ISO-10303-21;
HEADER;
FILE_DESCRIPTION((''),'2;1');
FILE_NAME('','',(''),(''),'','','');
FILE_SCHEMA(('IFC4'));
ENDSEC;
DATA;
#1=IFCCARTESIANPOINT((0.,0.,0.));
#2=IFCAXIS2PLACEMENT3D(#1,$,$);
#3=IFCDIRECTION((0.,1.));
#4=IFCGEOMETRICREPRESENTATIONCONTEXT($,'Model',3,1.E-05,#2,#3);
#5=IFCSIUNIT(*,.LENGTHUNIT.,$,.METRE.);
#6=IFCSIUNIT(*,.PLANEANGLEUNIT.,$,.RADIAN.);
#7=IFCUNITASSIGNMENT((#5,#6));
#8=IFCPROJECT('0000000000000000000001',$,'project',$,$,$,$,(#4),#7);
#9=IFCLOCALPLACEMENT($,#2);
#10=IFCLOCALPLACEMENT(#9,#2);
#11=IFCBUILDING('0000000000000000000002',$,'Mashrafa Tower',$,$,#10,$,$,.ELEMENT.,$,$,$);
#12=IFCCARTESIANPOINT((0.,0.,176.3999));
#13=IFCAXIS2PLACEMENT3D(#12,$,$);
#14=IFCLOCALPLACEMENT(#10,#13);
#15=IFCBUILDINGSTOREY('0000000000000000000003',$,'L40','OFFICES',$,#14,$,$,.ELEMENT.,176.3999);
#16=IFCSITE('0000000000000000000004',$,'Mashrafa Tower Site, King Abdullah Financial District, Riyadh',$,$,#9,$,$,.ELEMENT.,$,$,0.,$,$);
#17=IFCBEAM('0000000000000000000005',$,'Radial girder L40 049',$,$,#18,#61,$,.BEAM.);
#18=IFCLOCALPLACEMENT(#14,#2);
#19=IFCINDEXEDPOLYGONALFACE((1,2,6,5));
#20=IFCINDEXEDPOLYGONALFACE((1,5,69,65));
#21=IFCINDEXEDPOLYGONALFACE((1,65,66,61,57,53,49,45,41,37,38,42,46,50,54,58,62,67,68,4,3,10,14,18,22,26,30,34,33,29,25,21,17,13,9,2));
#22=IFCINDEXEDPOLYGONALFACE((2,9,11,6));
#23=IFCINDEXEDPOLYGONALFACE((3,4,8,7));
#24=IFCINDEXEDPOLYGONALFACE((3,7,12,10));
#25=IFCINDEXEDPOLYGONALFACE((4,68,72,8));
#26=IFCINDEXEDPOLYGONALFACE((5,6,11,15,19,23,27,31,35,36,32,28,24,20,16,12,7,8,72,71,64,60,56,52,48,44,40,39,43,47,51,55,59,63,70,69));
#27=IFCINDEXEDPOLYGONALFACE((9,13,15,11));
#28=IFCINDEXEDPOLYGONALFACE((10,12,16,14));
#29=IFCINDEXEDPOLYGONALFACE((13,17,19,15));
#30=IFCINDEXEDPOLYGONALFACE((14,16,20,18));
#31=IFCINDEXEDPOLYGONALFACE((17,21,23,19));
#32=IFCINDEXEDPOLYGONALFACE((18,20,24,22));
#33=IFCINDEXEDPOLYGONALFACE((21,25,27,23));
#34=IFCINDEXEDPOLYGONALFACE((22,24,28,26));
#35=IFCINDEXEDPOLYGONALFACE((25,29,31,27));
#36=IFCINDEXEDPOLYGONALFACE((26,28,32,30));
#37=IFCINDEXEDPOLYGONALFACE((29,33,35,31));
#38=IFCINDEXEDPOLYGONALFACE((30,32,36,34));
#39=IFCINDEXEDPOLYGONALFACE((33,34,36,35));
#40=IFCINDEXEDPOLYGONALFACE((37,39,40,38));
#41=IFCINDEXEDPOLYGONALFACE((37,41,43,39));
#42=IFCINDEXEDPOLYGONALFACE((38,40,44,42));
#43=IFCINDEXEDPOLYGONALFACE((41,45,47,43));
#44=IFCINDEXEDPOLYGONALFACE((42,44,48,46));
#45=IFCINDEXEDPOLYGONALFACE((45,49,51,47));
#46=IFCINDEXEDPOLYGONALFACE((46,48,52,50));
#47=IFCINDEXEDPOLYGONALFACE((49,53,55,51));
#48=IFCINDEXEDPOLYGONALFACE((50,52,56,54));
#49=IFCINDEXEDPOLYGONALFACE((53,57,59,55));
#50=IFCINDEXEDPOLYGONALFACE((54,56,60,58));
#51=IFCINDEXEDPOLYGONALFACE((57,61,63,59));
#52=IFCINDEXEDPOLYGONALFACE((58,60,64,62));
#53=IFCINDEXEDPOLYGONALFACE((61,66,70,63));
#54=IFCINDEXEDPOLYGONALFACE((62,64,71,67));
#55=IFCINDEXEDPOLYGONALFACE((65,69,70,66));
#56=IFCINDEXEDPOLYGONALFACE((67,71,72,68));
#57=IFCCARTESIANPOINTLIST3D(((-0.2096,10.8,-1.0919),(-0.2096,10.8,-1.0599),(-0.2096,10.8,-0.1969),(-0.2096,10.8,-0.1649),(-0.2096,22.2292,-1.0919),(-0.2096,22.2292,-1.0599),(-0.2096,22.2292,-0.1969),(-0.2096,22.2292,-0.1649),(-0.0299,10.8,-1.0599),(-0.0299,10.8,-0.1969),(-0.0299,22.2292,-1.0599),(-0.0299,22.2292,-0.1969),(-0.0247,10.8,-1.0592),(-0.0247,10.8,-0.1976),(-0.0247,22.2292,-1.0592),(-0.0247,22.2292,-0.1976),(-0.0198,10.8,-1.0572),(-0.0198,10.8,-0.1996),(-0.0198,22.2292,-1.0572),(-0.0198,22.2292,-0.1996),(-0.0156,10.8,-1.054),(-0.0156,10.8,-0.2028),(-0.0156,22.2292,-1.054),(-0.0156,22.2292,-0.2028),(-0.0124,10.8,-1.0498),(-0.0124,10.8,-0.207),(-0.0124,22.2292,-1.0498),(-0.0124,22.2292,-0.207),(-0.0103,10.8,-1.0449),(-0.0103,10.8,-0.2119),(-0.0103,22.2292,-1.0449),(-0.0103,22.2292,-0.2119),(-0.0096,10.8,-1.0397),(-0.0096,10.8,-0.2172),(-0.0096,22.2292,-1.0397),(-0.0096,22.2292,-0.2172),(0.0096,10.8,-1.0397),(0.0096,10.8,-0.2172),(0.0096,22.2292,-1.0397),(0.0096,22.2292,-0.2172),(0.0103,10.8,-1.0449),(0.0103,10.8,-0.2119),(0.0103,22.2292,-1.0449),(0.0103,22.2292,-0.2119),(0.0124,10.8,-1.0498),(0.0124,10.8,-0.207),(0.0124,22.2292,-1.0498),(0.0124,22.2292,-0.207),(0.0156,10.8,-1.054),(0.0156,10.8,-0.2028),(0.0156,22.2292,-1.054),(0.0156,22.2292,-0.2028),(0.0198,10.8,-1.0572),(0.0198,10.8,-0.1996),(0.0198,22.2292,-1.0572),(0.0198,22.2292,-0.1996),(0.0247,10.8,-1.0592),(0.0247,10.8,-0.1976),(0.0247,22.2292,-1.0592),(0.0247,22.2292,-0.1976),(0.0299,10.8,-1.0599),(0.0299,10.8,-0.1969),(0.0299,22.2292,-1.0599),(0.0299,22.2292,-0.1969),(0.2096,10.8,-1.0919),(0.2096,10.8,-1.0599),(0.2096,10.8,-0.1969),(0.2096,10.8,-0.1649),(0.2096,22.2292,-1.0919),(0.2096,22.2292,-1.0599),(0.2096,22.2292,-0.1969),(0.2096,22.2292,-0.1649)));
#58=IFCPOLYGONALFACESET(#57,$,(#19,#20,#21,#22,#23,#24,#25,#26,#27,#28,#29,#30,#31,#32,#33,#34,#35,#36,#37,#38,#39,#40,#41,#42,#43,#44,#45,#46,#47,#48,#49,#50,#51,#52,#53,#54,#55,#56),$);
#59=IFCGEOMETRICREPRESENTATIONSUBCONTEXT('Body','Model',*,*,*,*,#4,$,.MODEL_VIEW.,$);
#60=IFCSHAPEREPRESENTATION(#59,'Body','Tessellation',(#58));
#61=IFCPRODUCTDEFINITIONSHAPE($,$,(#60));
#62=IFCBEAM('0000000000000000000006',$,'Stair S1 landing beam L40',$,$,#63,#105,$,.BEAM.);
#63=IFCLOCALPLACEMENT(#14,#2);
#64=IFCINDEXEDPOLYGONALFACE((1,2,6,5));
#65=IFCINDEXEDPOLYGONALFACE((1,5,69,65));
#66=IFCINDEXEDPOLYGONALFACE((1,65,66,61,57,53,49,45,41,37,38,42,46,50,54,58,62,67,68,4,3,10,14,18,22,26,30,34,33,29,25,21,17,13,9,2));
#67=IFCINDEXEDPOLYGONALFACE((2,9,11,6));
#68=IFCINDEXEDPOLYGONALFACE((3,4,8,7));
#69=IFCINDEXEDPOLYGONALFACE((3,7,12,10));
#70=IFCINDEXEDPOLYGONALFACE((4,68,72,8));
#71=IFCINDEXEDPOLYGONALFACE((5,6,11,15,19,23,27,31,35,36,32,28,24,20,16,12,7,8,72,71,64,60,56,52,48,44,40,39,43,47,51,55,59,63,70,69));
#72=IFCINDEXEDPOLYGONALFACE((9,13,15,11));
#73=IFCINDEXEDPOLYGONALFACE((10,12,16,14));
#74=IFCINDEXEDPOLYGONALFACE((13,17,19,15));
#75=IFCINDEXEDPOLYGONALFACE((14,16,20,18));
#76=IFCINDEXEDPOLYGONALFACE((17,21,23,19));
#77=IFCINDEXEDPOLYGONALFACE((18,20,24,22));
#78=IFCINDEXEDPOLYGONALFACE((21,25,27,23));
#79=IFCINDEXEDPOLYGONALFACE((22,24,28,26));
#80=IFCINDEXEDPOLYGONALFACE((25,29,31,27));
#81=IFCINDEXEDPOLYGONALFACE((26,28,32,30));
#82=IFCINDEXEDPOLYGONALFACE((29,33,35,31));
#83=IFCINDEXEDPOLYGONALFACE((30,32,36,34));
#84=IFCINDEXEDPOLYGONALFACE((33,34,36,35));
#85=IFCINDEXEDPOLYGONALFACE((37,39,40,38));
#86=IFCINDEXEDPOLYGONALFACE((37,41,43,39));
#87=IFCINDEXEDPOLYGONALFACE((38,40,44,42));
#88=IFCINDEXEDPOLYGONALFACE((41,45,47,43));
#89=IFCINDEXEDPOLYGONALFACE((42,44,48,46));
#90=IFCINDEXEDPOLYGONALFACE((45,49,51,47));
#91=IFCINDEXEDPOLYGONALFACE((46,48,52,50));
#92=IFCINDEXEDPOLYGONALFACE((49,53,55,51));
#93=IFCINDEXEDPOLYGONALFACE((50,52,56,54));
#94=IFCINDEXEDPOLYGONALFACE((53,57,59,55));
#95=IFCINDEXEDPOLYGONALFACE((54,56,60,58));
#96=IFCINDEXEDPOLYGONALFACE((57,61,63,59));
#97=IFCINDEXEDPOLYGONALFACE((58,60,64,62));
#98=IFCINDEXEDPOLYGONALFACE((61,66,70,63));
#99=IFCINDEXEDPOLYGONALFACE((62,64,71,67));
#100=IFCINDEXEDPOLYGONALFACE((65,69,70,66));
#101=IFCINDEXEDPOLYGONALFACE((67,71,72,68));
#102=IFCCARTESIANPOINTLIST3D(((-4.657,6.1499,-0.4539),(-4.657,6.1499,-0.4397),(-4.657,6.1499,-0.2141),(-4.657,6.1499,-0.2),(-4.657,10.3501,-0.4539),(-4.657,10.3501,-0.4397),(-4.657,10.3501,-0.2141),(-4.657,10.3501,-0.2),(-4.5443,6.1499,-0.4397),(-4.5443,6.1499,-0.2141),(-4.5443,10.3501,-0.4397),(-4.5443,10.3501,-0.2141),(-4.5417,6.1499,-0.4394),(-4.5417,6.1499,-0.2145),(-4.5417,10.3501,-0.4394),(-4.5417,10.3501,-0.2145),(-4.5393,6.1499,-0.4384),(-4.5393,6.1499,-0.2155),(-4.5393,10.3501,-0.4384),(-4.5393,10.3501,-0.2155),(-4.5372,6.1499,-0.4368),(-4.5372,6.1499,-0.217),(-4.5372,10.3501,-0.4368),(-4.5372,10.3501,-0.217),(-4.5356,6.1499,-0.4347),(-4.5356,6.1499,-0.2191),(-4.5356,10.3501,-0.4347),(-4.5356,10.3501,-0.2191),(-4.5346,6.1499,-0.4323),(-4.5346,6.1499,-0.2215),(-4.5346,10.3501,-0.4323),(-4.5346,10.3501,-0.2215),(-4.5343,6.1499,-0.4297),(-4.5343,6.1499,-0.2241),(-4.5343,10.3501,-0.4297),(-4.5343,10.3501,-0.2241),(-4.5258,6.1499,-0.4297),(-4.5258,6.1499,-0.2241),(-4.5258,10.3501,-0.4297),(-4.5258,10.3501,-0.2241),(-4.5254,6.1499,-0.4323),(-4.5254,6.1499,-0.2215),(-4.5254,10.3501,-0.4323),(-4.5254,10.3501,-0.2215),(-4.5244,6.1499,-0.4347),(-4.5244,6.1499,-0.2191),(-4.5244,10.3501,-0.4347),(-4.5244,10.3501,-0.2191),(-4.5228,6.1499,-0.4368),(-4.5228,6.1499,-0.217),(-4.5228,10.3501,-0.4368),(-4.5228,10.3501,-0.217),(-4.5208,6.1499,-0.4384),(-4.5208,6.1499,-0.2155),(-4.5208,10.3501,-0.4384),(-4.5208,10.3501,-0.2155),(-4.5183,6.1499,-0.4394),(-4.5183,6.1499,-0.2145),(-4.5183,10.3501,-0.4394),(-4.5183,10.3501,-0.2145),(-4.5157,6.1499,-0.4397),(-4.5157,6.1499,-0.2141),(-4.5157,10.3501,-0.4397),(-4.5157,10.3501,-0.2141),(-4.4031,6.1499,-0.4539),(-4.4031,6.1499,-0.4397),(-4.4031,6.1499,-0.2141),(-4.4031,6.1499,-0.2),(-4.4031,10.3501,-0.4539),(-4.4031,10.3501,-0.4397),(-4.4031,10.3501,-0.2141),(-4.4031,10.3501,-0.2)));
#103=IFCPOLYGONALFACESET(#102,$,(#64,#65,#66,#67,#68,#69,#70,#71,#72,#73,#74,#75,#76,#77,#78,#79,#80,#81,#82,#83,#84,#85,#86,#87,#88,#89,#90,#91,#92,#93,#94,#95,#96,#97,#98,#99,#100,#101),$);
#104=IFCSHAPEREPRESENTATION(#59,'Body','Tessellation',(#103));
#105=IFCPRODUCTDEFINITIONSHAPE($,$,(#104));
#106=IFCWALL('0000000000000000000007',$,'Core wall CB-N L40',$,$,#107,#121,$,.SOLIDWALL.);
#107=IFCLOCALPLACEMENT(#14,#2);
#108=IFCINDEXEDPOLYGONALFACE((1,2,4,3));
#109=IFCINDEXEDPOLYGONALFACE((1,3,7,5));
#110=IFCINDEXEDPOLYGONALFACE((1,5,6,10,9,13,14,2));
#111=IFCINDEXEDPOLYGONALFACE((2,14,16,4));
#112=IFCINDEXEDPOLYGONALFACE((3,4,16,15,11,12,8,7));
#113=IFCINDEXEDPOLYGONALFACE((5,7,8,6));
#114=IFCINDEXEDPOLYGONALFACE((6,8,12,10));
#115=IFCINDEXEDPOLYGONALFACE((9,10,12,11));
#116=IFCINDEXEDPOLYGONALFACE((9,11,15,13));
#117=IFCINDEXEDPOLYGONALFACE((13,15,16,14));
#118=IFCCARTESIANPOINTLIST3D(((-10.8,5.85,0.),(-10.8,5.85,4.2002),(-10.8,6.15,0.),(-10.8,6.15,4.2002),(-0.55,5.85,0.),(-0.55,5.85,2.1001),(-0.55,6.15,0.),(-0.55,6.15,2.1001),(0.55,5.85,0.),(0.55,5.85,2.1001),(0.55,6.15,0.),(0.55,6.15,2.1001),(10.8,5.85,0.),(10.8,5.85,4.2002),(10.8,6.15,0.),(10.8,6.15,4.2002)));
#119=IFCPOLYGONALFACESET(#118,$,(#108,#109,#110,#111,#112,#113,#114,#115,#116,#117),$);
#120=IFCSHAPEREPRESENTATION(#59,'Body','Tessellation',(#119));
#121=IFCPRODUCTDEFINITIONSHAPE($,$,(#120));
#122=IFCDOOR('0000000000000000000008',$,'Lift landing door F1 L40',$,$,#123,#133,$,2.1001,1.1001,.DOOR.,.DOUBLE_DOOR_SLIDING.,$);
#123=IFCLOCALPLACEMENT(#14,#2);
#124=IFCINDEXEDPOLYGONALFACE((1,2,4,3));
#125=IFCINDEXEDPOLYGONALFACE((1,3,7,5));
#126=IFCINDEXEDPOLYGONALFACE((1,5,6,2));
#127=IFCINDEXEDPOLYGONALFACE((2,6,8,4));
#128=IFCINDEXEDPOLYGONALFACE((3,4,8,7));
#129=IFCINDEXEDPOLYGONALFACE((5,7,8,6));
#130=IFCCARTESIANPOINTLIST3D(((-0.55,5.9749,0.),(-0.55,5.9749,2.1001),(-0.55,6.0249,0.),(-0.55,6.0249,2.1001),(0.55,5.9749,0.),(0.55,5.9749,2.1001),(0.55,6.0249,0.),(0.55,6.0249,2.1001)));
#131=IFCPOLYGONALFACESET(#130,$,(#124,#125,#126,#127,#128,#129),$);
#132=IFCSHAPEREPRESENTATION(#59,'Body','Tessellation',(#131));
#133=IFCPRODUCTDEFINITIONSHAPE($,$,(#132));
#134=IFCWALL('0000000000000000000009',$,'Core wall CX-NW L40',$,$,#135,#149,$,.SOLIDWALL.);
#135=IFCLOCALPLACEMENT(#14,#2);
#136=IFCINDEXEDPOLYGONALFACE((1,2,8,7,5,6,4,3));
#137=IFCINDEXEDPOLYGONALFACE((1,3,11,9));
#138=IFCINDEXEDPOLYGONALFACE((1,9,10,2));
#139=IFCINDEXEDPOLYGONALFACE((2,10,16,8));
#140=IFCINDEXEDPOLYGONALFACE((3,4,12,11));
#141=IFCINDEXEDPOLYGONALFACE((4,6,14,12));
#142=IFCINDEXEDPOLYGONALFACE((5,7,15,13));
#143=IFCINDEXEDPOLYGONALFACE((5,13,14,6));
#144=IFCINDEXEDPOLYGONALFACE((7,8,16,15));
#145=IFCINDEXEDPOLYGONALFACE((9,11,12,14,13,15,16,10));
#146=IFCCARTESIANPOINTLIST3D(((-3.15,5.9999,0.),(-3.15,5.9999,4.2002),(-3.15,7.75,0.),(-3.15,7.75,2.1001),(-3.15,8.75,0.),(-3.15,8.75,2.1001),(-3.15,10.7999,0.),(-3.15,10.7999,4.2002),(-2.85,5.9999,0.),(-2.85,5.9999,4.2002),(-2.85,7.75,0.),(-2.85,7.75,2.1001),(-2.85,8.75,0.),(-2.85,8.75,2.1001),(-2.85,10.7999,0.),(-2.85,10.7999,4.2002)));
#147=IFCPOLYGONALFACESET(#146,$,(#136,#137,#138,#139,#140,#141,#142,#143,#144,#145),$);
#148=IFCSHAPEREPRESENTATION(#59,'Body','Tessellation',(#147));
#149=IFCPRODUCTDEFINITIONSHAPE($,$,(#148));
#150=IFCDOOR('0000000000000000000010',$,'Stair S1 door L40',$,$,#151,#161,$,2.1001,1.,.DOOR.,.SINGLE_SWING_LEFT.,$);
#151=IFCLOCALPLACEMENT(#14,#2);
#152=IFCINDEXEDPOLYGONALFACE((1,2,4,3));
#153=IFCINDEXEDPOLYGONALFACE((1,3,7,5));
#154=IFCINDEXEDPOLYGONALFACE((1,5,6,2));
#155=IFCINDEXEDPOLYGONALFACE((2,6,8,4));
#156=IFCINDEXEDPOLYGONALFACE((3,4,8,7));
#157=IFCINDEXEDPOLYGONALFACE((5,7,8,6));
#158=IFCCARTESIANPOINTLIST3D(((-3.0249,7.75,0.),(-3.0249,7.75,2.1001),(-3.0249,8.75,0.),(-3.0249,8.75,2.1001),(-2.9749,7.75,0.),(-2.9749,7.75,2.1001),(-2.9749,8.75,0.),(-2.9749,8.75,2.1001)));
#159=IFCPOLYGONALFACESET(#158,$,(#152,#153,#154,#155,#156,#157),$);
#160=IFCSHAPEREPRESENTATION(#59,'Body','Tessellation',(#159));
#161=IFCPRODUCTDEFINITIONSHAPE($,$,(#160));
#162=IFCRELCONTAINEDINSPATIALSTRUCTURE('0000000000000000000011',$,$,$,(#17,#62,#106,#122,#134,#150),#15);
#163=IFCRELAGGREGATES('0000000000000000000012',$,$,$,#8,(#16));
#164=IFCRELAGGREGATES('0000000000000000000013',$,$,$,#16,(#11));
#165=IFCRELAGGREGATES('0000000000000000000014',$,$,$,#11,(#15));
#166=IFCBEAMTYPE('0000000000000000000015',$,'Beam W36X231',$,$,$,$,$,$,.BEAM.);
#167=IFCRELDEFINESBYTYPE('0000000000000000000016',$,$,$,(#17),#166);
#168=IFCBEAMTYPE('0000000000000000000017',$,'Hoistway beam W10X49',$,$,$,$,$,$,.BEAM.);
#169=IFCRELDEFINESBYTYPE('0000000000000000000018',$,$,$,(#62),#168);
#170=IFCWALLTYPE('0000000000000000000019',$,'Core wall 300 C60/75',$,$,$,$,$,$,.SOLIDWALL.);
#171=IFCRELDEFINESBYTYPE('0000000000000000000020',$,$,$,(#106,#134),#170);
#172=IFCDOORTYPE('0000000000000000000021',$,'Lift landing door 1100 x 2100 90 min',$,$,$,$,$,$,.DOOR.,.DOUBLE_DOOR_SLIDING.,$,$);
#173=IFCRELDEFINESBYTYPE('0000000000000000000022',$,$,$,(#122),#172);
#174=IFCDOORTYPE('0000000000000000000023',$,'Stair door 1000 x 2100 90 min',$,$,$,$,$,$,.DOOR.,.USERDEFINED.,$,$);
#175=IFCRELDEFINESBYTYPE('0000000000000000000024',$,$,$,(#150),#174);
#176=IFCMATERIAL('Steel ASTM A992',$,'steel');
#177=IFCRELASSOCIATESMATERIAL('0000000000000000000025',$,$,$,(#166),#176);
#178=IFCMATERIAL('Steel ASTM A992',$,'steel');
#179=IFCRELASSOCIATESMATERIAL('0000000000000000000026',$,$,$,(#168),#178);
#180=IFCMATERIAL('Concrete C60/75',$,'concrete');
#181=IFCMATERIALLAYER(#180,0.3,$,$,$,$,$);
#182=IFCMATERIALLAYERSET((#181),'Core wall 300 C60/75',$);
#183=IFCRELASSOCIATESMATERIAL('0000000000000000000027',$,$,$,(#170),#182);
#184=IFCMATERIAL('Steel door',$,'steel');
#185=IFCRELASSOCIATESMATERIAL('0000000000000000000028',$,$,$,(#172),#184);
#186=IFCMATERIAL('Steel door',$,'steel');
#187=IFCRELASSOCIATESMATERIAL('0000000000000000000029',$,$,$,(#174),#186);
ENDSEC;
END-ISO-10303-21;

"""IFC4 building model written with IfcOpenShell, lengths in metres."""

from ifc_helpers import new_model, si_unit, direction, frame, frame_2d, origin, origin_2d, place, context, subcontext, project, spatial, rectangle, i_section, extrude, material, layer, layer_set, material_profile, profile_set, type_object, element, fill, save


model = new_model("IFC4")

# Units and contexts
model_context = context("Model", 3, precision=1e-05, world=origin(), true_north=direction((0.0, 1.0)))
body_context = subcontext(model_context, "Body", "Model", "MODEL_VIEW")
ifc_project = project(units=[si_unit("LENGTHUNIT", "METRE"), si_unit("PLANEANGLEUNIT", "RADIAN")], contexts=[model_context])

# Site, building, storey
site_placement = place(None, origin())
site = spatial("IfcSite", under=ifc_project, at=site_placement, Name="Mashrafa Tower Site, King Abdullah Financial District, Riyadh", CompositionType="ELEMENT", RefElevation=0.0)
building_placement = place(site_placement, origin())
building = spatial("IfcBuilding", under=site, at=building_placement, Name="Mashrafa Tower", CompositionType="ELEMENT")
storey_placement = place(building_placement, frame((0.0, 0.0, 176.3999)))
storey = spatial("IfcBuildingStorey", under=building, at=storey_placement, Name="L40", Description="OFFICES", CompositionType="ELEMENT", Elevation=176.3999)

# Beams
ifc_material_1 = material(Name="Steel ASTM A992", Category="steel")
ifc_material_profile_1 = material_profile(ifc_material_1, i_section(OverallWidth=0.4192, OverallDepth=0.927, WebThickness=0.0193, FlangeThickness=0.032, FilletRadius=0.0203, at=origin_2d()), Name="W36X231")
ifc_profile_set_1 = profile_set([ifc_material_profile_1], Name="Steel ASTM A992")
beam_type_1 = type_object("IfcBeamType", Name="Beam W36X231", PredefinedType="BEAM", material=ifc_profile_set_1)
beam_1_placement = place(storey_placement, frame((0.0, 10.8, -0.6284), z_axis=(0.0, 1.0, 0.0), x_axis=(-1.0, 0.0, 0.0)))
element("IfcBeam", 1, at=beam_1_placement, inside=storey, type_object=beam_type_1, Name="Radial girder L40 049", PredefinedType="BEAM", context=body_context, shape_type="SweptSolid", body=[
    extrude(i_section(OverallWidth=0.4192, OverallDepth=0.927, WebThickness=0.0193, FlangeThickness=0.032, FilletRadius=0.0203, at=origin_2d()), origin(), (0.0, 0.0, 1.0), 11.4292),
])
ifc_material_2 = material(Name="Steel ASTM A992", Category="steel")
ifc_material_profile_2 = material_profile(ifc_material_2, i_section(OverallWidth=0.2539, OverallDepth=0.2539, WebThickness=0.0085, FlangeThickness=0.0142, FilletRadius=0.01, at=origin_2d()), Name="W10X49")
ifc_profile_set_2 = profile_set([ifc_material_profile_2], Name="Steel ASTM A992")
beam_type_2 = type_object("IfcBeamType", Name="Hoistway beam W10X49", PredefinedType="BEAM", material=ifc_profile_set_2)
beam_2_placement = place(storey_placement, frame((-4.53, 6.1499, -0.3269), z_axis=(0.0, 1.0, 0.0), x_axis=(-1.0, 0.0, 0.0)))
element("IfcBeam", 2, at=beam_2_placement, inside=storey, type_object=beam_type_2, Name="Stair S1 landing beam L40", PredefinedType="BEAM", context=body_context, shape_type="SweptSolid", body=[
    extrude(i_section(OverallWidth=0.2539, OverallDepth=0.2539, WebThickness=0.0085, FlangeThickness=0.0142, FilletRadius=0.01, at=origin_2d()), origin(), (0.0, 0.0, 1.0), 4.2002),
])

# Walls, openings, doors
ifc_material_3 = material(Name="Concrete C60/75", Category="concrete")
ifc_layer_1 = layer(ifc_material_3, 0.3)
ifc_layer_set_1 = layer_set([ifc_layer_1], Name="Core wall 300 C60/75")
wall_type_1 = type_object("IfcWallType", Name="Core wall 300 C60/75", PredefinedType="SOLIDWALL", material=ifc_layer_set_1)
wall_1_placement = place(storey_placement, frame((-10.8, 6.0, 0.0), z_axis=(0.0, 0.0, 1.0), x_axis=(1.0, 0.0, 0.0)))
wall_1 = element("IfcWall", 3, at=wall_1_placement, inside=storey, type_object=wall_type_1, Name="Core wall CB-N L40", PredefinedType="SOLIDWALL", context=body_context, shape_type="SweptSolid", body=[
    extrude(rectangle(XDim=21.6001, YDim=0.3, at=frame_2d((10.8, 0.0))), origin(), (0.0, 0.0, 1.0), 4.2002),
])
opening_1_placement = place(wall_1_placement, frame((10.25, 0.0, 0.0)))
opening_1 = element("IfcOpeningElement", 4, at=opening_1_placement, cuts=wall_1, PredefinedType="OPENING", context=body_context, shape_type="SweptSolid", body=[
    extrude(rectangle(XDim=1.1001, YDim=2.1001, at=frame_2d((0.55, 1.05))), frame((0.0, 0.1599, 0.0), z_axis=(0.0, -1.0, 0.0), x_axis=(1.0, 0.0, 0.0)), (0.0, 0.0, 1.0), 0.3201),
])
ifc_material_4 = material(Name="Steel door", Category="steel")
door_type_1 = type_object("IfcDoorType", Name="Lift landing door 1100 x 2100 90 min", OperationType="DOUBLE_DOOR_SLIDING", PredefinedType="DOOR", material=ifc_material_4)
door_1_placement = place(opening_1_placement, origin())
door_1 = element("IfcDoor", 5, at=door_1_placement, inside=storey, type_object=door_type_1, Name="Lift landing door F1 L40", OperationType="DOUBLE_DOOR_SLIDING", OverallHeight=2.1001, OverallWidth=1.1001, PredefinedType="DOOR", context=body_context, shape_type="SweptSolid", body=[
    extrude(rectangle(XDim=1.1001, YDim=2.1001, at=frame_2d((0.55, 1.05))), frame((0.0, 0.0249, 0.0), z_axis=(0.0, -1.0, 0.0), x_axis=(1.0, 0.0, 0.0)), (0.0, 0.0, 1.0), 0.05),
])
fill(opening_1, door_1)
wall_2_placement = place(storey_placement, frame((-3.0, 6.0, 0.0), z_axis=(0.0, 0.0, 1.0), x_axis=(0.0, 1.0, 0.0)))
wall_2 = element("IfcWall", 6, at=wall_2_placement, inside=storey, type_object=wall_type_1, Name="Core wall CX-NW L40", PredefinedType="SOLIDWALL", context=body_context, shape_type="SweptSolid", body=[
    extrude(rectangle(XDim=4.8, YDim=0.3, at=frame_2d((2.3999, 0.0))), origin(), (0.0, 0.0, 1.0), 4.2002),
])
opening_2_placement = place(wall_2_placement, frame((1.75, 0.0, 0.0)))
opening_2 = element("IfcOpeningElement", 7, at=opening_2_placement, cuts=wall_2, PredefinedType="OPENING", context=body_context, shape_type="SweptSolid", body=[
    extrude(rectangle(XDim=1.0, YDim=2.1001, at=frame_2d((0.5, 1.05))), frame((0.0, 0.1599, 0.0), z_axis=(0.0, -1.0, 0.0), x_axis=(1.0, 0.0, 0.0)), (0.0, 0.0, 1.0), 0.3201),
])
ifc_material_5 = material(Name="Steel door", Category="steel")
door_type_2 = type_object("IfcDoorType", Name="Stair door 1000 x 2100 90 min", OperationType="USERDEFINED", PredefinedType="DOOR", material=ifc_material_5)
door_2_placement = place(opening_2_placement, origin())
door_2 = element("IfcDoor", 8, at=door_2_placement, inside=storey, type_object=door_type_2, Name="Stair S1 door L40", OperationType="SINGLE_SWING_LEFT", OverallHeight=2.1001, OverallWidth=1.0, PredefinedType="DOOR", context=body_context, shape_type="SweptSolid", body=[
    extrude(rectangle(XDim=1.0, YDim=2.1001, at=frame_2d((0.5, 1.05))), frame((0.0, 0.0249, 0.0), z_axis=(0.0, -1.0, 0.0), x_axis=(1.0, 0.0, 0.0)), (0.0, 0.0, 1.0), 0.05),
])
fill(opening_2, door_2)

save(model, "model.ifc")
